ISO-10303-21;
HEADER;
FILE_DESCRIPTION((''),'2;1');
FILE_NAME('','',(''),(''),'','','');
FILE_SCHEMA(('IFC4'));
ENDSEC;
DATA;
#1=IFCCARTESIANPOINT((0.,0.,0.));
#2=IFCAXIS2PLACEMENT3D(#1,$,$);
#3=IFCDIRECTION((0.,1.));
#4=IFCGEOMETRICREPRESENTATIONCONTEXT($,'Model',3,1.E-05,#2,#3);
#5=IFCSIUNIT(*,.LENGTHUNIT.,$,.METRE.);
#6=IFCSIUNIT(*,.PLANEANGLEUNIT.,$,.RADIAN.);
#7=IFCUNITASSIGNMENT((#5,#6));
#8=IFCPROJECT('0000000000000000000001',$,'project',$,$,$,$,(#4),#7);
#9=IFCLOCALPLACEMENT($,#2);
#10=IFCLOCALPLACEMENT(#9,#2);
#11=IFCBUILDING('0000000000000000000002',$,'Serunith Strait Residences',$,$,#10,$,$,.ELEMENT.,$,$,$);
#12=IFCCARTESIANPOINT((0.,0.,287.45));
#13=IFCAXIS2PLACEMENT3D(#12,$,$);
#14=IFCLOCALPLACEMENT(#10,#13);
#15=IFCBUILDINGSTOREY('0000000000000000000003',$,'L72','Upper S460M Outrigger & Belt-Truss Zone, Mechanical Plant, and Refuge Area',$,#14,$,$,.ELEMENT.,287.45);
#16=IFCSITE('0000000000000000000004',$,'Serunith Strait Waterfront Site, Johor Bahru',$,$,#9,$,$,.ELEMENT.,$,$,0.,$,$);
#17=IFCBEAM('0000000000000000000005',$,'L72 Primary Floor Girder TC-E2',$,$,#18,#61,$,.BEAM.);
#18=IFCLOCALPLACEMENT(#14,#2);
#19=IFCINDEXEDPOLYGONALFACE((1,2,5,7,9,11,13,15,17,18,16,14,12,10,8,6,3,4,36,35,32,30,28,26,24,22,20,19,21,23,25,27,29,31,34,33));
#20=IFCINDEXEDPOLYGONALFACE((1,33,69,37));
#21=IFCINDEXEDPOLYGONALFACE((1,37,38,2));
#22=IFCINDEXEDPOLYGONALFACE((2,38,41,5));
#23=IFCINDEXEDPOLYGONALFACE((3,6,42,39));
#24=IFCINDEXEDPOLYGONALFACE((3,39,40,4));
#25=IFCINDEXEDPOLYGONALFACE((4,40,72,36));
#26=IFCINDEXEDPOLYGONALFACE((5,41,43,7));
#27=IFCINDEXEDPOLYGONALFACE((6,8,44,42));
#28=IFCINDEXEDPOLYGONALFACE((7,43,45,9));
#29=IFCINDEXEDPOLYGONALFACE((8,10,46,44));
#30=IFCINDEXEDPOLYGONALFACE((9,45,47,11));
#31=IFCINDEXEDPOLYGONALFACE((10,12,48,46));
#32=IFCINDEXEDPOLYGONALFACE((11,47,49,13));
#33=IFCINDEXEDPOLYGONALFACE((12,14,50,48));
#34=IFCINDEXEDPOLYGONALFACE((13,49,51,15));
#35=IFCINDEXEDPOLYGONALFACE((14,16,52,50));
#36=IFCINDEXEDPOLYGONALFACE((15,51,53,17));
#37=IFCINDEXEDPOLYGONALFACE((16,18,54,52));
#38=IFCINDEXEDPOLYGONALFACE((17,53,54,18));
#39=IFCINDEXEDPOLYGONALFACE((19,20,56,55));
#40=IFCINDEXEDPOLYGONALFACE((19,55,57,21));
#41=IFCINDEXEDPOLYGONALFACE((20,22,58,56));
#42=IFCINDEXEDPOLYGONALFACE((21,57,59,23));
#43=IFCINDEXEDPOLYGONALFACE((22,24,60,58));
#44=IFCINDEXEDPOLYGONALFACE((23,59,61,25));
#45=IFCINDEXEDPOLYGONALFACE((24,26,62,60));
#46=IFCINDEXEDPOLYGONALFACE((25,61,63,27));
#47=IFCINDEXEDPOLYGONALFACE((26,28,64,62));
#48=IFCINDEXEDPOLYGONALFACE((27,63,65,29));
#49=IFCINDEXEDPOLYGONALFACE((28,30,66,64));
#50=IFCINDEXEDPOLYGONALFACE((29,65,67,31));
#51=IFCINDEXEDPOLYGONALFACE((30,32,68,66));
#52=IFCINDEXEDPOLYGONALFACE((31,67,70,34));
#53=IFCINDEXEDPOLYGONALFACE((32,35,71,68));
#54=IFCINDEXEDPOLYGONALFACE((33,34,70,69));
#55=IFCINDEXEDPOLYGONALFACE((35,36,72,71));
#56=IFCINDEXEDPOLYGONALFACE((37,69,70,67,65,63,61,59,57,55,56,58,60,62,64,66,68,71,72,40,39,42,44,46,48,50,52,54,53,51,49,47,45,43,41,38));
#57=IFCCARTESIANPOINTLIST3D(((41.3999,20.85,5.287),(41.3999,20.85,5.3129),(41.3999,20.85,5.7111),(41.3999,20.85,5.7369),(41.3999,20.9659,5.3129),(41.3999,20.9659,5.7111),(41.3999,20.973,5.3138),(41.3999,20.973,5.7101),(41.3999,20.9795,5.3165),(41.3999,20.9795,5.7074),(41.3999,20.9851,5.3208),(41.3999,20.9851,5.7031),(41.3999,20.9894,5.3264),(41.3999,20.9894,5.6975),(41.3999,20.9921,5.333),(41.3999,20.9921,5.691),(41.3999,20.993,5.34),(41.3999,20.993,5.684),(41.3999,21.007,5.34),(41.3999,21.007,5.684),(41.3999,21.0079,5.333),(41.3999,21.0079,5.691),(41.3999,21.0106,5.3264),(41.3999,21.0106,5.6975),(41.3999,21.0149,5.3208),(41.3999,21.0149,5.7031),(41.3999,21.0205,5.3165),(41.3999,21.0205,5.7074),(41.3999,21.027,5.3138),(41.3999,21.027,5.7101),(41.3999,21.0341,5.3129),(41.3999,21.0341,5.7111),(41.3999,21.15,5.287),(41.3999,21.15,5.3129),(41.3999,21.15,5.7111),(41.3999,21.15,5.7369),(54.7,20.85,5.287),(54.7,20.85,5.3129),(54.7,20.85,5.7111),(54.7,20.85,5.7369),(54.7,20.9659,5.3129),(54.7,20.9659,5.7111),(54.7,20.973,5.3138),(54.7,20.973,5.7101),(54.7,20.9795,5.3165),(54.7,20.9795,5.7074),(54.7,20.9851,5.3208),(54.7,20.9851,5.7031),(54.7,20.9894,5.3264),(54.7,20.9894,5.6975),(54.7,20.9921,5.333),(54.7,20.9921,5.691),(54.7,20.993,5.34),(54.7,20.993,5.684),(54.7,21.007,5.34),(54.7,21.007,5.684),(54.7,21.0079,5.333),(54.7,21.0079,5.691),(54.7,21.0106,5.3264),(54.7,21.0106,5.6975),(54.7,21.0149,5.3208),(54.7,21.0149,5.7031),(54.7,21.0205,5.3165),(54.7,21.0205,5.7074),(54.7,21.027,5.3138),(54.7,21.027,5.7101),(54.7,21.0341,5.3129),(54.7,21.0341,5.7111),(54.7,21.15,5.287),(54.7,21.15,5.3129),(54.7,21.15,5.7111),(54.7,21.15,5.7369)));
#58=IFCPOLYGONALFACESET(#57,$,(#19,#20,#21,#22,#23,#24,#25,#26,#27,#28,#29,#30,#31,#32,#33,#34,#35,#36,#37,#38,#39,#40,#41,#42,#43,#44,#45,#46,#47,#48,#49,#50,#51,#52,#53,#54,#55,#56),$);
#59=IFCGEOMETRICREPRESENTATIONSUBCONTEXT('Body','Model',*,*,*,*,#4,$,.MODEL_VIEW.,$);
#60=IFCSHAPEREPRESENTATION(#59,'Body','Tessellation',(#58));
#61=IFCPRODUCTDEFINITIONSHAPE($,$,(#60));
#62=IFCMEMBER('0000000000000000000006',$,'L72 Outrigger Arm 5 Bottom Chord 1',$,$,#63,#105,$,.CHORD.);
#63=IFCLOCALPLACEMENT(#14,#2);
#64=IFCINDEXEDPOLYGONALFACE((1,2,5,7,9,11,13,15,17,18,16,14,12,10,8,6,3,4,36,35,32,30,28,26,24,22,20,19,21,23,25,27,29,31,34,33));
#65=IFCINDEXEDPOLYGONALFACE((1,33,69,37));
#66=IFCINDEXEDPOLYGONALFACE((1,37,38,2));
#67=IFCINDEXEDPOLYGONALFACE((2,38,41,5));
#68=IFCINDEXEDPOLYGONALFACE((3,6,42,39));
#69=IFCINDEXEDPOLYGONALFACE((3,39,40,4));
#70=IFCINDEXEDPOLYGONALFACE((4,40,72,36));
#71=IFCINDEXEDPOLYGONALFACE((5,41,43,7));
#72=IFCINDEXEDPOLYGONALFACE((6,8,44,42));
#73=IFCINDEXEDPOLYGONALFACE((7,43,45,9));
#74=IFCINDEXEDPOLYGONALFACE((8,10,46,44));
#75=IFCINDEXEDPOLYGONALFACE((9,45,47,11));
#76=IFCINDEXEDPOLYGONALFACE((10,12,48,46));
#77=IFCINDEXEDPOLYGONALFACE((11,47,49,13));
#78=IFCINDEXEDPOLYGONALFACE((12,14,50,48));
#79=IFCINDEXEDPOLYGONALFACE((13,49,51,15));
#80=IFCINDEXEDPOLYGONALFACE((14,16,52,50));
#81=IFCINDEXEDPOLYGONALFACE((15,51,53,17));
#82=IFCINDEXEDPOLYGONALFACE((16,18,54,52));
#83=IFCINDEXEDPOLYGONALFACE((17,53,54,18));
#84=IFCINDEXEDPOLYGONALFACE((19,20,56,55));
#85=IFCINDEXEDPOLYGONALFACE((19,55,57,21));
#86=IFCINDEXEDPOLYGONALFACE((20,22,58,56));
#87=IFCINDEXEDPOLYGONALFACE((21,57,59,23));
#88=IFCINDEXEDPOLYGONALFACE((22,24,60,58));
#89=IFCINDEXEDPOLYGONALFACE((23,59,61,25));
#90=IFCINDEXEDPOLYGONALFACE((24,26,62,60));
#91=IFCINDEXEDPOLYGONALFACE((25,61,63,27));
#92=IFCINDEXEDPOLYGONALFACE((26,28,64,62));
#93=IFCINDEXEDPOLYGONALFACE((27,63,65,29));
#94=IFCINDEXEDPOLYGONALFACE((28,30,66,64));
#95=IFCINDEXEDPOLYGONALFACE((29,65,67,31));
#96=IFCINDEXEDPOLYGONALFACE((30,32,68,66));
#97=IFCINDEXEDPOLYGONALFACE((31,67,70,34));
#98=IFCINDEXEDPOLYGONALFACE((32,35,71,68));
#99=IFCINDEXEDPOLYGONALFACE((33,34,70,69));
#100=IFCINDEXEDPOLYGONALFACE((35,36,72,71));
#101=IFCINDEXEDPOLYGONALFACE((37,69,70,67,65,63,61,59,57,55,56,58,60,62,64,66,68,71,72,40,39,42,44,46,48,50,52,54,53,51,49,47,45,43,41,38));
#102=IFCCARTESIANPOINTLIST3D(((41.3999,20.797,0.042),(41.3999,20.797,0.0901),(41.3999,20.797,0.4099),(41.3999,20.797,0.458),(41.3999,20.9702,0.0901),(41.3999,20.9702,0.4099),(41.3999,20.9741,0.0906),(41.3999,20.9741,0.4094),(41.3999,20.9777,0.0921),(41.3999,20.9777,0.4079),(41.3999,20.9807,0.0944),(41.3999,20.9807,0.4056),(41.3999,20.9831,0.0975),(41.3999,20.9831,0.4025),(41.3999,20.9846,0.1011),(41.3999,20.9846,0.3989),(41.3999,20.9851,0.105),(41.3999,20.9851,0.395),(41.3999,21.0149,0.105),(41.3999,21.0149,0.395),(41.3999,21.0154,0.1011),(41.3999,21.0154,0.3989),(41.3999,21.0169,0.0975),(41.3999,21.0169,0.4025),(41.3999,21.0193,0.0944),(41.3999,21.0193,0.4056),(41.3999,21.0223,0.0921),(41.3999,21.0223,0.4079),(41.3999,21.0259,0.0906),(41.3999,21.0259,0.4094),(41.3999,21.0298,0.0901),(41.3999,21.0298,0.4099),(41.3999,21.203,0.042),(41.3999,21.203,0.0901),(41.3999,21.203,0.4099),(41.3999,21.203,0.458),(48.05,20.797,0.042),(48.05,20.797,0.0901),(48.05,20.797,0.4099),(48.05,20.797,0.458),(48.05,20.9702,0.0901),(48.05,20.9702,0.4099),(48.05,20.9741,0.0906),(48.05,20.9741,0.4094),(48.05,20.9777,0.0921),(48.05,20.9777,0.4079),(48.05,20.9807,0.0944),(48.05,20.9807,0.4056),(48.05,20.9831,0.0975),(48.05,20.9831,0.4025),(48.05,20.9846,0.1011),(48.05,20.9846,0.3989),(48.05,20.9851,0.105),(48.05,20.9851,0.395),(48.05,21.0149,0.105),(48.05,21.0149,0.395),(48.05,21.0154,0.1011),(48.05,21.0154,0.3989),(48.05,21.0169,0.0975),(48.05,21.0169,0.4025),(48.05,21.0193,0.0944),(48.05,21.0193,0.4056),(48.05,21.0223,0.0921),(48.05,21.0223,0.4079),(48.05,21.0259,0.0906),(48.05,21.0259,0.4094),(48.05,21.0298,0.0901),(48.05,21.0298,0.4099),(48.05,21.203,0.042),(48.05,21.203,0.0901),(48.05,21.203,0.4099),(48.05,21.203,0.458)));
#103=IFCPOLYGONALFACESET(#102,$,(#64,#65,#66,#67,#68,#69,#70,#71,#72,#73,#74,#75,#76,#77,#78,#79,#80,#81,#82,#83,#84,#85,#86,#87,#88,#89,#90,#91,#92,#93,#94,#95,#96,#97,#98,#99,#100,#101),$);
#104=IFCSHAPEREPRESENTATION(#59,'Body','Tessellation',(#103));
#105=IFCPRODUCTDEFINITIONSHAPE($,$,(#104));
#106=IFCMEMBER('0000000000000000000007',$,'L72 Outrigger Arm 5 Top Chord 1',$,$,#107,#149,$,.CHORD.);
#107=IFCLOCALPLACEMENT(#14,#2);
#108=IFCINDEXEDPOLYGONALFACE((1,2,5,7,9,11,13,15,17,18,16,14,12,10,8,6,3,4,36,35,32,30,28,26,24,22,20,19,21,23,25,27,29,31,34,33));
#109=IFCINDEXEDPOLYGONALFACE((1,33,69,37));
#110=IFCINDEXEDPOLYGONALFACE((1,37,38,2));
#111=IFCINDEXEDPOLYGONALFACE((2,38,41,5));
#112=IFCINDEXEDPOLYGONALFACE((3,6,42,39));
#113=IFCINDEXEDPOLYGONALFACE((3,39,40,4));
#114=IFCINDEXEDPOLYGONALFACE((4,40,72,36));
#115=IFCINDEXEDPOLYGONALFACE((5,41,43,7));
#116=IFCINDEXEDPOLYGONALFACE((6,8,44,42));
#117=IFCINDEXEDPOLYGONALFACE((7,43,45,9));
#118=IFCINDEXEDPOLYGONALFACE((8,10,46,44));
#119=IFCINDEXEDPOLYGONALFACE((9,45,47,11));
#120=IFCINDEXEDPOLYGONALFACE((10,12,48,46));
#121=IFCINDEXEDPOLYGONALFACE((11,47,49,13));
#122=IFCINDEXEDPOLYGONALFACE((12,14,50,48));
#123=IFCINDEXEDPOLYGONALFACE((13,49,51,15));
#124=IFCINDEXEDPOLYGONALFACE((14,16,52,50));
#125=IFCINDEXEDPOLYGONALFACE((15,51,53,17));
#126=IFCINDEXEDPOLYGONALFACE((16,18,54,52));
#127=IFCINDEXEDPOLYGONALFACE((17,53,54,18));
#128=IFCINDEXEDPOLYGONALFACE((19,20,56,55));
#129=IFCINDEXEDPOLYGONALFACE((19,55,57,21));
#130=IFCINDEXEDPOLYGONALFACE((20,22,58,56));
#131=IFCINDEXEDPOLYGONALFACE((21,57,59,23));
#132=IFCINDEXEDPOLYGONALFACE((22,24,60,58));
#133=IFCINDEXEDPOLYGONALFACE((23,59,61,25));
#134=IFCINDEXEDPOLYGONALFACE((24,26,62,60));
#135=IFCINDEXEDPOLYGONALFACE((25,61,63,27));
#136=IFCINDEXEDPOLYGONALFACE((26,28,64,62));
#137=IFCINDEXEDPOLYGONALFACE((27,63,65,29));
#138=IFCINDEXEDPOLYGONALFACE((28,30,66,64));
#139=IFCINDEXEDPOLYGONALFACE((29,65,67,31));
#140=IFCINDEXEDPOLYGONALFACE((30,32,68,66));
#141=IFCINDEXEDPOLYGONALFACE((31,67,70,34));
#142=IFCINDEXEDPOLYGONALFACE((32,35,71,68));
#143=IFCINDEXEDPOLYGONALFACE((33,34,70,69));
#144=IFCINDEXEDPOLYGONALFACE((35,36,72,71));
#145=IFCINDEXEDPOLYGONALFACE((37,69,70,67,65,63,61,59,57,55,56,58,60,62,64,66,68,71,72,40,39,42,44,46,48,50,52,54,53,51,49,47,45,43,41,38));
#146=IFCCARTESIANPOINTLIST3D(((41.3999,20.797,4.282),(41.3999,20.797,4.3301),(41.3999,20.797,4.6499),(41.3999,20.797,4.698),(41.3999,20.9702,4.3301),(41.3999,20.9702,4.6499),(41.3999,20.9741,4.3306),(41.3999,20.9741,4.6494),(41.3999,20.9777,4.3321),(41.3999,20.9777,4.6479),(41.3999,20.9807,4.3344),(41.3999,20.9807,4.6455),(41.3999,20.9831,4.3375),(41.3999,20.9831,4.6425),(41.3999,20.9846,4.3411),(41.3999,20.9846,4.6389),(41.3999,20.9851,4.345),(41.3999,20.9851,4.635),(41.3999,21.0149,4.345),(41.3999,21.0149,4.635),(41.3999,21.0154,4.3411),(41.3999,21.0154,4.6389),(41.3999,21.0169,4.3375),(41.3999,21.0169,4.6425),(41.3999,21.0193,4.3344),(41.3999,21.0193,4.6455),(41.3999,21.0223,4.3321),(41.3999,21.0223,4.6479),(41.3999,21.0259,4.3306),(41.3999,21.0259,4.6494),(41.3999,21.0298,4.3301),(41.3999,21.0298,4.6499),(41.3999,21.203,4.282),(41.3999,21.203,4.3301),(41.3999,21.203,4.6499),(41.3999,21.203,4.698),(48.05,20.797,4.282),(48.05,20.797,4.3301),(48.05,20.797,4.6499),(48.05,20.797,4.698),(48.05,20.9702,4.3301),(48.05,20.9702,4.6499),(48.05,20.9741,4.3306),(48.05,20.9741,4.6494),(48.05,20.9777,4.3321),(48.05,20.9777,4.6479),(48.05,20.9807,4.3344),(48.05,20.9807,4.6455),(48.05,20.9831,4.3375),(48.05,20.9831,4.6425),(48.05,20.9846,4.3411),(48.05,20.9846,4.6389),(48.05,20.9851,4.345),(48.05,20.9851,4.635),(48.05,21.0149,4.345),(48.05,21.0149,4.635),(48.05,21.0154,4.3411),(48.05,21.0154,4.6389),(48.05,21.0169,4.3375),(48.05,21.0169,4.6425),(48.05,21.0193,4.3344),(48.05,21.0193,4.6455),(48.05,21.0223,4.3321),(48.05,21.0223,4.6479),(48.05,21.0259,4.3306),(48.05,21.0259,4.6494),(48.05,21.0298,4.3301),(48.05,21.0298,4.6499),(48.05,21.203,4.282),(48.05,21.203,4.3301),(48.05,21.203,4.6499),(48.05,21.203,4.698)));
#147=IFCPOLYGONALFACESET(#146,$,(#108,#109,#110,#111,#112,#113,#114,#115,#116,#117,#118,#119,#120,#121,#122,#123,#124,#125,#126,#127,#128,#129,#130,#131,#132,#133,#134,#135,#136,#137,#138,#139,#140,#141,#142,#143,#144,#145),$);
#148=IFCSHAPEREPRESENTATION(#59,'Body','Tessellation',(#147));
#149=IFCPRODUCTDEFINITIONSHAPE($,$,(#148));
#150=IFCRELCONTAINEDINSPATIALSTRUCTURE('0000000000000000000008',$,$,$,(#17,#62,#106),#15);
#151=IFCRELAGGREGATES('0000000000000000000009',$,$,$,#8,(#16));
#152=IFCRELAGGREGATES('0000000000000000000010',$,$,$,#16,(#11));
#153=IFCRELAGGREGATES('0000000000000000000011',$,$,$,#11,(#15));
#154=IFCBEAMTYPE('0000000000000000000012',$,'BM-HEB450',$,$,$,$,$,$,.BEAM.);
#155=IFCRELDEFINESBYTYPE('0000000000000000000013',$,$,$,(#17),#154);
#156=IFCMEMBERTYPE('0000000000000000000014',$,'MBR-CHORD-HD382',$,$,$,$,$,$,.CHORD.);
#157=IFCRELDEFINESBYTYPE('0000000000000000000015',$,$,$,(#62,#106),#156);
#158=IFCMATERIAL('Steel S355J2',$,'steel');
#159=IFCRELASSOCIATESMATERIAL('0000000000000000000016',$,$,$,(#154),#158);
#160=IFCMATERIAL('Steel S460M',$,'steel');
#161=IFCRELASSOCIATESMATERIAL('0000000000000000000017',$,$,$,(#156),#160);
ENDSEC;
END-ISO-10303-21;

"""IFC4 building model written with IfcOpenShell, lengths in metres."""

from ifc_helpers import new_model, si_unit, direction, frame, origin, origin_2d, place, context, subcontext, project, spatial, i_section, extrude, source, transform, mapped, material, material_profile, profile_set, type_object, element, save


model = new_model("IFC4")

# Units and contexts
model_context = context("Model", 3, precision=1e-05, world=origin(), true_north=direction((0.0, 1.0)))
body_context = subcontext(model_context, "Body", "Model", "MODEL_VIEW")
ifc_project = project(units=[si_unit("LENGTHUNIT", "METRE"), si_unit("PLANEANGLEUNIT", "RADIAN")], contexts=[model_context])

# Site, building, storey
site_placement = place(None, origin())
site = spatial("IfcSite", under=ifc_project, at=site_placement, Name="Serunith Strait Waterfront Site, Johor Bahru", CompositionType="ELEMENT", RefElevation=0.0)
building_placement = place(site_placement, origin())
building = spatial("IfcBuilding", under=site, at=building_placement, Name="Serunith Strait Residences", CompositionType="ELEMENT")
storey_placement = place(building_placement, frame((0.0, 0.0, 287.45)))
storey = spatial("IfcBuildingStorey", under=building, at=storey_placement, Name="L72", Description="Upper S460M Outrigger & Belt-Truss Zone, Mechanical Plant, and Refuge Area", CompositionType="ELEMENT", Elevation=287.45)

# Beam
ifc_material_1 = material(Name="Steel S355J2", Category="steel")
ifc_material_profile_1 = material_profile(ifc_material_1, i_section(OverallWidth=0.3, OverallDepth=0.45, WebThickness=0.0139, FlangeThickness=0.0259, FilletRadius=0.0271, at=origin_2d()), Name="HEB 450")
ifc_profile_set_1 = profile_set([ifc_material_profile_1], Name="Steel S355J2")
beam_type_1 = type_object("IfcBeamType", Name="BM-HEB450", PredefinedType="BEAM", material=ifc_profile_set_1)
shared_shape_1 = source(origin(), body_context, "Body", "SweptSolid", [
    extrude(i_section(OverallWidth=0.3, OverallDepth=0.45, WebThickness=0.0139, FlangeThickness=0.0259, FilletRadius=0.0271, at=origin_2d()), origin(), (0.0, 0.0, 1.0), 13.3),
])
beam_1_placement = place(storey_placement, frame((41.3999, 21.0, 5.512), z_axis=(1.0, 0.0, 0.0), x_axis=(0.0, 1.0, 0.0)))
element("IfcBeam", 1, at=beam_1_placement, inside=storey, type_object=beam_type_1, Name="L72 Primary Floor Girder TC-E2", PredefinedType="BEAM", context=body_context, shape_type="MappedRepresentation", body=[
    mapped(shared_shape_1, transform((0.0, 0.0, 0.0), scale=1.0)),
])

# Members
ifc_material_2 = material(Name="Steel S460M", Category="steel")
ifc_material_profile_2 = material_profile(ifc_material_2, i_section(OverallWidth=0.406, OverallDepth=0.416, WebThickness=0.0298, FlangeThickness=0.0481, FilletRadius=0.0149, at=origin_2d()), Name="HD 400x382")
ifc_profile_set_2 = profile_set([ifc_material_profile_2], Name="Steel S460M")
member_type_1 = type_object("IfcMemberType", Name="MBR-CHORD-HD382", PredefinedType="CHORD", material=ifc_profile_set_2)
shared_shape_2 = source(origin(), body_context, "Body", "SweptSolid", [
    extrude(i_section(OverallWidth=0.406, OverallDepth=0.416, WebThickness=0.0298, FlangeThickness=0.0481, FilletRadius=0.0149, at=origin_2d()), origin(), (0.0, 0.0, 1.0), 6.6501),
])
for number, where, z_axis, x_axis, name in (
    (2, (41.3999, 21.0, 0.25), (1.0, 0.0, 0.0), (0.0, 1.0, 0.0), "L72 Outrigger Arm 5 Bottom Chord 1"),
    (3, (41.3999, 21.0, 4.49), (1.0, 0.0, 0.0), (0.0, 1.0, 0.0), "L72 Outrigger Arm 5 Top Chord 1"),
):
    element("IfcMember", number, at=place(storey_placement, frame(where, z_axis=z_axis, x_axis=x_axis)), inside=storey, type_object=member_type_1, Name=name, PredefinedType="CHORD", context=body_context, shape_type="MappedRepresentation", body=[
        mapped(shared_shape_2, transform((0.0, 0.0, 0.0), scale=1.0)),
    ])

save(model, "model.ifc")
